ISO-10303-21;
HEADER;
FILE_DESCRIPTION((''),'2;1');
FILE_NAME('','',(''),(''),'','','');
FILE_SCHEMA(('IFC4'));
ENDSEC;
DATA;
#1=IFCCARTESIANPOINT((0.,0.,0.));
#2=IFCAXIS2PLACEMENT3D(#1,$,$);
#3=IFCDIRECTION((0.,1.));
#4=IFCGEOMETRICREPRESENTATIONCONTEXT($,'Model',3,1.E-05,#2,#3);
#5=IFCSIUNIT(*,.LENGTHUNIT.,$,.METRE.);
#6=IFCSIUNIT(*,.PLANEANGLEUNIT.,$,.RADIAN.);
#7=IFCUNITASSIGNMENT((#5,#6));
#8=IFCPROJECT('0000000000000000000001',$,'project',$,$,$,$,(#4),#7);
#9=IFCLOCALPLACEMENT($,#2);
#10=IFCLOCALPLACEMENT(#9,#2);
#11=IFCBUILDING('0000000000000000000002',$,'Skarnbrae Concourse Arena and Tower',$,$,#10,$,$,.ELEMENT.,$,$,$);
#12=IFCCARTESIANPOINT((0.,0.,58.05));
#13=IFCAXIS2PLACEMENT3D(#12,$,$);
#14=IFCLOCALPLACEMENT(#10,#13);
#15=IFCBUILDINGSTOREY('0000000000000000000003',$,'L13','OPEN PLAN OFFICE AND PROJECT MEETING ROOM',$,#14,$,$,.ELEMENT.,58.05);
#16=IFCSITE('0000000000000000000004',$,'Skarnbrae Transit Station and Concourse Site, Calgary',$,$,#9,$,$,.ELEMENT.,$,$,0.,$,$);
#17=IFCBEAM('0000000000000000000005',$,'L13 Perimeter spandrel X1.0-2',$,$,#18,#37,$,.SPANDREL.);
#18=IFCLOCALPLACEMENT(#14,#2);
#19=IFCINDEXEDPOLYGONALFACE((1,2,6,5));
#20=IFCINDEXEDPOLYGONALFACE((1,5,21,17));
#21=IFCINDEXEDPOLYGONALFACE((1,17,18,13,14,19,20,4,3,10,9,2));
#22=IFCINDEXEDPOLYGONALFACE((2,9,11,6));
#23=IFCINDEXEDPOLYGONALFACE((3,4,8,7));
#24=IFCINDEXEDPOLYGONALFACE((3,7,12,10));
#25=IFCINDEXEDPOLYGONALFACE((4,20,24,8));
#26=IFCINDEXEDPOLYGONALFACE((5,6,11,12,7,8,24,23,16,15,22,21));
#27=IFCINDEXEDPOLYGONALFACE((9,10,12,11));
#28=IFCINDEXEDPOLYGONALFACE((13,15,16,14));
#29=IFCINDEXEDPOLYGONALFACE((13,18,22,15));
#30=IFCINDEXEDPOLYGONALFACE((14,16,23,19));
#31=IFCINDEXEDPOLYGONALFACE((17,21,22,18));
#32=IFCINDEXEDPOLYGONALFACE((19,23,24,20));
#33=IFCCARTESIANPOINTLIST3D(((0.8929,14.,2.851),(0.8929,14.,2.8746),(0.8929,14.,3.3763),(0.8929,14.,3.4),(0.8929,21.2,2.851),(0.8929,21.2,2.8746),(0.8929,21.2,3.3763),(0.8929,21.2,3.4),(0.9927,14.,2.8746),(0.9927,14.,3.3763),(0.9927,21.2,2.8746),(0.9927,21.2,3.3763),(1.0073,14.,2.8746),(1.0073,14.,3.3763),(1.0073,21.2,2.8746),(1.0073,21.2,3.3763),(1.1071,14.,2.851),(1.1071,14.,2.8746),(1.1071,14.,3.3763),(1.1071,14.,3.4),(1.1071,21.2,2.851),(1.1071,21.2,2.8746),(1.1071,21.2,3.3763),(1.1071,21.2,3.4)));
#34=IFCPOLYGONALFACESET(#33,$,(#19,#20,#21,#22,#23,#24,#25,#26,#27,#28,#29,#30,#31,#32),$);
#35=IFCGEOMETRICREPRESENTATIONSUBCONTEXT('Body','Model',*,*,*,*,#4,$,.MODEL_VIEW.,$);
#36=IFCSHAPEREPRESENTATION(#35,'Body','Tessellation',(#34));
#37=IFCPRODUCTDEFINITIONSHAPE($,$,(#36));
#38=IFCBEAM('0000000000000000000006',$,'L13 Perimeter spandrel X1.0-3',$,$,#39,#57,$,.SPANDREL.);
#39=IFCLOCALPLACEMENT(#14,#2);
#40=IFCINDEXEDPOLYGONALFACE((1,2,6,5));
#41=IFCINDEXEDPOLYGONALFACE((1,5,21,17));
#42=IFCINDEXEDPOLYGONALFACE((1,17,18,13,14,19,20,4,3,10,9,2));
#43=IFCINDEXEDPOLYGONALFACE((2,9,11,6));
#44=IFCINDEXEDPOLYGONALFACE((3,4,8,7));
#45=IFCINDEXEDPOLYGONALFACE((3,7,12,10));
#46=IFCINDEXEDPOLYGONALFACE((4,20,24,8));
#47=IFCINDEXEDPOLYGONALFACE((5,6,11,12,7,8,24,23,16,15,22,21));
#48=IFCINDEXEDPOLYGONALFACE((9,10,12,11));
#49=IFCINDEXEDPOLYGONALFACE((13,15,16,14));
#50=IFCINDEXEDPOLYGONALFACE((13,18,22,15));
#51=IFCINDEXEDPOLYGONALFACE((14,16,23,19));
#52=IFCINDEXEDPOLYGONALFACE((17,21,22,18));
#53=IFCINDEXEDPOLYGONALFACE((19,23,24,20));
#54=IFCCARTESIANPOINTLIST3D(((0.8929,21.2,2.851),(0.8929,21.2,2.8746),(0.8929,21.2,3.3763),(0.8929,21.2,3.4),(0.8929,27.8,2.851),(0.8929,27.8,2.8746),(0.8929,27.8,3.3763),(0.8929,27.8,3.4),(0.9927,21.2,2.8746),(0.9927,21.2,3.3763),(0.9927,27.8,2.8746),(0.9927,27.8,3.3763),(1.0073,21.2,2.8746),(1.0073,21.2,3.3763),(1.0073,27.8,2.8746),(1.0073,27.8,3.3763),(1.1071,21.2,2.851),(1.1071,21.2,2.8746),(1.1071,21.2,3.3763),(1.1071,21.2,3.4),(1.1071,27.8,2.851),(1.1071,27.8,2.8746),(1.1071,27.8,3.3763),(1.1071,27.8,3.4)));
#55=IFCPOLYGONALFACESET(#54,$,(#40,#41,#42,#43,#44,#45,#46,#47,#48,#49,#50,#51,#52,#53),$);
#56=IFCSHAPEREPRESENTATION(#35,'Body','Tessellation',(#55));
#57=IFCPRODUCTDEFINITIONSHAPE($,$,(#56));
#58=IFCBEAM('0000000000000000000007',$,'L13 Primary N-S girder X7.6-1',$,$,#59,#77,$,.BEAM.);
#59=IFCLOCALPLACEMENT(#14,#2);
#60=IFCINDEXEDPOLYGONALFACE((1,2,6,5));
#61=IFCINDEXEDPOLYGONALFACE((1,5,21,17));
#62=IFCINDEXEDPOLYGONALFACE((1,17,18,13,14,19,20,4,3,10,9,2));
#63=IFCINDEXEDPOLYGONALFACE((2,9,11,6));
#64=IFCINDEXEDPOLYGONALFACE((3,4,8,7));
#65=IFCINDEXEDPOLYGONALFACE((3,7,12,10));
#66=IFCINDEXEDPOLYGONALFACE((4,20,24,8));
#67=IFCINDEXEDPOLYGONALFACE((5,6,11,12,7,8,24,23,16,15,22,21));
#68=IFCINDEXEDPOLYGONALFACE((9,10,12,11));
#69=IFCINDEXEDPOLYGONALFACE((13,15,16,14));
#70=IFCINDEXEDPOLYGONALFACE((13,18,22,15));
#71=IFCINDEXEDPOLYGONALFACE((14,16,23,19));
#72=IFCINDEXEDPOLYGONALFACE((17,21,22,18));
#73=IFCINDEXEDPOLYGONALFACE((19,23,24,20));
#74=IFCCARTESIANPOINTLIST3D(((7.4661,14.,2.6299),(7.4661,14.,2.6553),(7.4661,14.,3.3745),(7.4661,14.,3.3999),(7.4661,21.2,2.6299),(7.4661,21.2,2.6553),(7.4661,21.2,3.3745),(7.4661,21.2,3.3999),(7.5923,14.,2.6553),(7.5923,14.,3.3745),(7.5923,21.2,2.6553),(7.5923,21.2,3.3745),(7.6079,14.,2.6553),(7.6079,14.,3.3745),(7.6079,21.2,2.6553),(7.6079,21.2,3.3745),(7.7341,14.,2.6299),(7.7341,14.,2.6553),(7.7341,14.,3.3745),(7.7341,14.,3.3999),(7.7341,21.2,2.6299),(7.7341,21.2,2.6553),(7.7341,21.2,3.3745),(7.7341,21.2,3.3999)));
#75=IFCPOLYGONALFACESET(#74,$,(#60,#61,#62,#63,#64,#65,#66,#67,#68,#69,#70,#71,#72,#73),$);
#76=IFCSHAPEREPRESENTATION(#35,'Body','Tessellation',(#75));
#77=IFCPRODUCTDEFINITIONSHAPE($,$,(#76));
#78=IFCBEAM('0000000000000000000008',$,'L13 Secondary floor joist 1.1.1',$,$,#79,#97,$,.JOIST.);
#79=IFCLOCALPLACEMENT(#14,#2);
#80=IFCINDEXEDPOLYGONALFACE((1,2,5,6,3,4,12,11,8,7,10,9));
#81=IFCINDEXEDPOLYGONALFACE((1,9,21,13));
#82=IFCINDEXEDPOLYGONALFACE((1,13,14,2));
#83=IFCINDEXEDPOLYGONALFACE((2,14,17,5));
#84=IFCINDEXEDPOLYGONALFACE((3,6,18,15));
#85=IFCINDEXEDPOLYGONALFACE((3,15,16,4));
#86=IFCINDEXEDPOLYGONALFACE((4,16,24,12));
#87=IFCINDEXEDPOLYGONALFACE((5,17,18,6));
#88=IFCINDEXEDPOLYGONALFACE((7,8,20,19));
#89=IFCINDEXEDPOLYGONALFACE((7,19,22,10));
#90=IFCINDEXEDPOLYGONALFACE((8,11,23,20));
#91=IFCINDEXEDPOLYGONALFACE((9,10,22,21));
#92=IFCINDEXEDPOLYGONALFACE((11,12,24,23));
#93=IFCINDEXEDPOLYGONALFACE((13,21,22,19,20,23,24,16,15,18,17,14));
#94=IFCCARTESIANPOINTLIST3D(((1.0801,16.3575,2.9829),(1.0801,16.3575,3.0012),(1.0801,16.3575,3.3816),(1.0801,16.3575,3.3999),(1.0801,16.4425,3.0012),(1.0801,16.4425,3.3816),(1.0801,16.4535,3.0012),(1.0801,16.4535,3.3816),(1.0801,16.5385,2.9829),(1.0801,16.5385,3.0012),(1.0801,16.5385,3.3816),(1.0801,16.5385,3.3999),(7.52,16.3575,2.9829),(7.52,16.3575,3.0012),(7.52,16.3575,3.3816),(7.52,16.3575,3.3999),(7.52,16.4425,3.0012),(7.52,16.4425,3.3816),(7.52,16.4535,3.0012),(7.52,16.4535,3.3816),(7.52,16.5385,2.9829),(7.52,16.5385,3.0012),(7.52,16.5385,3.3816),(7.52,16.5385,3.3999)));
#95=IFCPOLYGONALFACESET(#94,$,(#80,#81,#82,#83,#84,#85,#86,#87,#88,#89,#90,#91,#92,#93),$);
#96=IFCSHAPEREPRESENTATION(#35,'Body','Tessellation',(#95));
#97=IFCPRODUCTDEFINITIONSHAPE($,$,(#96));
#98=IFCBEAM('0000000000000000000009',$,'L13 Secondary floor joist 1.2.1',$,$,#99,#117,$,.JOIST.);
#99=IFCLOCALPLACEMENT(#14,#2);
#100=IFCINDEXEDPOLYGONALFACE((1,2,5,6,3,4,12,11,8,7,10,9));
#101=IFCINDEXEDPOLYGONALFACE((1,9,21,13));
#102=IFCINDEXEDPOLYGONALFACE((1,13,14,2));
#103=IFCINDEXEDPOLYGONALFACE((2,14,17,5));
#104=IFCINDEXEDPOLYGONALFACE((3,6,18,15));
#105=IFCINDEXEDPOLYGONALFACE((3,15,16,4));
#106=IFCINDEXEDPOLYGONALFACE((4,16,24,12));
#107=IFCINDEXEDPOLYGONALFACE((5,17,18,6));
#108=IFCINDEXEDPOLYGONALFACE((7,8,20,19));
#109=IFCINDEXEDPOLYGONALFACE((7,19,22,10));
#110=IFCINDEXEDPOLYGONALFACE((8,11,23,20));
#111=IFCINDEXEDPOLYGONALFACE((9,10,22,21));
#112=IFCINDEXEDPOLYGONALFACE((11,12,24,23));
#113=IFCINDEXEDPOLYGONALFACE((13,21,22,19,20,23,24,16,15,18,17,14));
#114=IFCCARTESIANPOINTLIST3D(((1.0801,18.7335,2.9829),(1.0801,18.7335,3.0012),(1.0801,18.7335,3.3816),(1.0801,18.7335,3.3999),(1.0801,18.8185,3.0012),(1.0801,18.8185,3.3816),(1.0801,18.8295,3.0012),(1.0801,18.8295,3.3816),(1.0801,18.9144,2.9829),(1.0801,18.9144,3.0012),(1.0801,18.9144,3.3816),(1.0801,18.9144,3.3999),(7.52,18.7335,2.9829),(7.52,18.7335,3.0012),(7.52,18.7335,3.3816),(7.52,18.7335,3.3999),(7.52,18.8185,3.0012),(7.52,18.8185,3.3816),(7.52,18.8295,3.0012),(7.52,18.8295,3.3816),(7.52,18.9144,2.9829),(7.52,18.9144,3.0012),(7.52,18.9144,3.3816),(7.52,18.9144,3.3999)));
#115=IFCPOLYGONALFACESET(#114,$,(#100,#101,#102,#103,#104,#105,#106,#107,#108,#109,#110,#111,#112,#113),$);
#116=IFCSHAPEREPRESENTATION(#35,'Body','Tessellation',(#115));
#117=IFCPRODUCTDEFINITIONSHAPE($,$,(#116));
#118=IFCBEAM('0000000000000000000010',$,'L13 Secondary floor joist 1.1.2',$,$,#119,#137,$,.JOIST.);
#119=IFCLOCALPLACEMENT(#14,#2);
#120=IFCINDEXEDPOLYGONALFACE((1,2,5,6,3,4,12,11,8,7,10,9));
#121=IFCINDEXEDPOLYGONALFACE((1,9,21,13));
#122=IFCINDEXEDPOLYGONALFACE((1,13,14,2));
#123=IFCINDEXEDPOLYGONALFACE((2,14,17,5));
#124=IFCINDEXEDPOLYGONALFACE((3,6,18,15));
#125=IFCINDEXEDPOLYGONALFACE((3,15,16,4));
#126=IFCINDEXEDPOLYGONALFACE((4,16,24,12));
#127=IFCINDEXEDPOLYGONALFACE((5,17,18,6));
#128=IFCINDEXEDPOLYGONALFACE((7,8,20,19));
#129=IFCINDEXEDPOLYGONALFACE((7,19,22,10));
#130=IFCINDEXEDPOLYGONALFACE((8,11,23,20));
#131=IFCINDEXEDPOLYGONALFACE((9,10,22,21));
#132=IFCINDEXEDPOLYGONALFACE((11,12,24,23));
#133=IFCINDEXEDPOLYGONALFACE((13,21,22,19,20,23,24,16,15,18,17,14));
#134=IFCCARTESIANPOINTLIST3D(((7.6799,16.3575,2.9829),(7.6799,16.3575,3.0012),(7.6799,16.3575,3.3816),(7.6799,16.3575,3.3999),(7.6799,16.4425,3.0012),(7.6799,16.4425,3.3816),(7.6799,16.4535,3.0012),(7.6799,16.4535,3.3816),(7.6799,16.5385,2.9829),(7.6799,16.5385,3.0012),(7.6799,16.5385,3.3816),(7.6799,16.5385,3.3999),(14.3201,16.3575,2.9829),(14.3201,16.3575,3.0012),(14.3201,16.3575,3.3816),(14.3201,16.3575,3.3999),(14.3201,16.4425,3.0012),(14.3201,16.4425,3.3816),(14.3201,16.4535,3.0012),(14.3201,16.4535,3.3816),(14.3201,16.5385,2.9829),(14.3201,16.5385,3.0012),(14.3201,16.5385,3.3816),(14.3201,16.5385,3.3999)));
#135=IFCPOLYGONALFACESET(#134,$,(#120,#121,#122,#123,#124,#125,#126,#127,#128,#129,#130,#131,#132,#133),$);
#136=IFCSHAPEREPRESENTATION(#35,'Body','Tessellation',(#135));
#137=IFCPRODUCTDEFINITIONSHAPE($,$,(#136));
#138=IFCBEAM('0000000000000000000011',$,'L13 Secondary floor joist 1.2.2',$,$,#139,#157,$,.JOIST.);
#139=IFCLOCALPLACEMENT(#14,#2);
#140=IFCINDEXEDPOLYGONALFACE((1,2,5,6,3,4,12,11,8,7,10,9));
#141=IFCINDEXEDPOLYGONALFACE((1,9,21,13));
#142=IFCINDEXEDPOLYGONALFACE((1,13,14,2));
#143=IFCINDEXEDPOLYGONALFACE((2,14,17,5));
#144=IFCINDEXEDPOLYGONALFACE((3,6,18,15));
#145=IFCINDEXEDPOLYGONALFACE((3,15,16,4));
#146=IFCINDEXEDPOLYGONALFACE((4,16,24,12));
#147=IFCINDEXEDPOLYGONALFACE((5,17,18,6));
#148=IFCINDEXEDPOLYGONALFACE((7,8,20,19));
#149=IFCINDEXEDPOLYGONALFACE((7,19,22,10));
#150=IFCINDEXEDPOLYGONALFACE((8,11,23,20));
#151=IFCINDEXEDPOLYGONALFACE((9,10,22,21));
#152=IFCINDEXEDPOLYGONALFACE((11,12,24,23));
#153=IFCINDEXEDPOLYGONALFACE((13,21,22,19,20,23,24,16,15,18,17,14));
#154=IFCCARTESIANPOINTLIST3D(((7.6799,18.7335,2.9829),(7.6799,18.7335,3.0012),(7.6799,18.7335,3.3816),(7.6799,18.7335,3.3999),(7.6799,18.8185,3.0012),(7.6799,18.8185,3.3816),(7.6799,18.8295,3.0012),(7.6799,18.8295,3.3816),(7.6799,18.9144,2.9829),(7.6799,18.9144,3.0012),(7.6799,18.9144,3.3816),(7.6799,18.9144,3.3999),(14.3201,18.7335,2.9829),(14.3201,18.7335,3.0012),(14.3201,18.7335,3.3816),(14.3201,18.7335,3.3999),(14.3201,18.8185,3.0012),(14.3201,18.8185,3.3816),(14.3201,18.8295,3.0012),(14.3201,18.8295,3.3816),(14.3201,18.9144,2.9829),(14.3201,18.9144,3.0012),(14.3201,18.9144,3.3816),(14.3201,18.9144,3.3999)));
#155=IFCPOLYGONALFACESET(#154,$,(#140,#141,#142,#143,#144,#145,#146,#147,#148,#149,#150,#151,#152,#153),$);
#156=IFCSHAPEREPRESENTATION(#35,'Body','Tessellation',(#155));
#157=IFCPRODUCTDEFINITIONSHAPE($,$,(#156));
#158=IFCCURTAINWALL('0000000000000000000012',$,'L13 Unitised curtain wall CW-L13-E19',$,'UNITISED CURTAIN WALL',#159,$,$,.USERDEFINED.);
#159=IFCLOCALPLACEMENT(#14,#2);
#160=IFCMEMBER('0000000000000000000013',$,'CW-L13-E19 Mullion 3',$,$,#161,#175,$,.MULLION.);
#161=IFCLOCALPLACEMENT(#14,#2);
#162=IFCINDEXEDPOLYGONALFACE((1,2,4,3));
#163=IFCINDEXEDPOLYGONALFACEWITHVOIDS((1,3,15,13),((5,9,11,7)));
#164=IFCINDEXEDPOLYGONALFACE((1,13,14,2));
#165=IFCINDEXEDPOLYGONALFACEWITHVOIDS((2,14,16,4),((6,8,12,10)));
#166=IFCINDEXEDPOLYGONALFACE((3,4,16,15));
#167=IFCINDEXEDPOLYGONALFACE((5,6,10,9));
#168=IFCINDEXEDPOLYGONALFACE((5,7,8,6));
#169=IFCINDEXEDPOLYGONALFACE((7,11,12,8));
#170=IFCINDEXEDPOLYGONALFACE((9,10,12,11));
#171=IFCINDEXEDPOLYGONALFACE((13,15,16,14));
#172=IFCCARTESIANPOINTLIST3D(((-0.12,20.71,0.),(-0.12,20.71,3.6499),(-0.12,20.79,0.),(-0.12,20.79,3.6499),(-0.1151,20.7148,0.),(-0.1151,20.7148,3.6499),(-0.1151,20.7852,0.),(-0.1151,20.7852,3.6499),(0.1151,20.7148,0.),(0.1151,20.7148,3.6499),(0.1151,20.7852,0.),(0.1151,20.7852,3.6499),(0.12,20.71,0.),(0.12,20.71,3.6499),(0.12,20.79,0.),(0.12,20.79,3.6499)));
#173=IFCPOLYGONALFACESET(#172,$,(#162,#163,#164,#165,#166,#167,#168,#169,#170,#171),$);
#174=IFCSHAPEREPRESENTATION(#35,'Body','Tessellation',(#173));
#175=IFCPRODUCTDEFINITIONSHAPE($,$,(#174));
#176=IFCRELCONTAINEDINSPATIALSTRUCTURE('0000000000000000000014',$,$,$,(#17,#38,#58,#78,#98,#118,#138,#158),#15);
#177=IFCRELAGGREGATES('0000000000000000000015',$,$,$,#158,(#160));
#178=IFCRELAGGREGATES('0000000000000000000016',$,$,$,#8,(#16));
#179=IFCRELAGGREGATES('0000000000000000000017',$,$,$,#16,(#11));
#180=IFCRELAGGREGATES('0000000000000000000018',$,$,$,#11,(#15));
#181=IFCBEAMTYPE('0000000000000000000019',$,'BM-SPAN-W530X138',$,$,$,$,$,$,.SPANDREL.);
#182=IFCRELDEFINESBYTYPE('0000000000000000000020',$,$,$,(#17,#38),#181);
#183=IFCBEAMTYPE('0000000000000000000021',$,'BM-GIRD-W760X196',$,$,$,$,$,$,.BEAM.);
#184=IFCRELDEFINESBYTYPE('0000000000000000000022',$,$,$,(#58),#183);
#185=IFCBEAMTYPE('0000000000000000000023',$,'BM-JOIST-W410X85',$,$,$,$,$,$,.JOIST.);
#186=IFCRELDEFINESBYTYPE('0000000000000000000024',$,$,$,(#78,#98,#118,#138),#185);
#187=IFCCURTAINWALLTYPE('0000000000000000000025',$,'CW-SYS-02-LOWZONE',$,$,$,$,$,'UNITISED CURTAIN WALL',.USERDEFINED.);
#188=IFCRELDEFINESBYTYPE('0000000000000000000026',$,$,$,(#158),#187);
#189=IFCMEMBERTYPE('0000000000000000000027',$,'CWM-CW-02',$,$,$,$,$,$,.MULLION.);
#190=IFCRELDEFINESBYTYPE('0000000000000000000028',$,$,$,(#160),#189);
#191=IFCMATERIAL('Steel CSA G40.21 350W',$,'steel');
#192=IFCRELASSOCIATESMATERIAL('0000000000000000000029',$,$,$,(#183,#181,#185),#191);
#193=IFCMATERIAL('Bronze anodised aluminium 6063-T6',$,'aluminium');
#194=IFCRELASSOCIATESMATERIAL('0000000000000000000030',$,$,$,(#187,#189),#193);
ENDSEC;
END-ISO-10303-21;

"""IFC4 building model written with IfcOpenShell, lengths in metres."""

from ifc_helpers import new_model, si_unit, direction, frame, origin, origin_2d, place, context, subcontext, project, spatial, hollow_rectangle, i_section, extrude, source, transform, mapped, material, material_profile, profile_set, type_object, element, aggregate, save


model = new_model("IFC4")

# Units and contexts
model_context = context("Model", 3, precision=1e-05, world=origin(), true_north=direction((0.0, 1.0)))
body_context = subcontext(model_context, "Body", "Model", "MODEL_VIEW")
ifc_project = project(units=[si_unit("LENGTHUNIT", "METRE"), si_unit("PLANEANGLEUNIT", "RADIAN")], contexts=[model_context])

# Site, building, storey
site_placement = place(None, origin())
site = spatial("IfcSite", under=ifc_project, at=site_placement, Name="Skarnbrae Transit Station and Concourse Site, Calgary", CompositionType="ELEMENT", RefElevation=0.0)
building_placement = place(site_placement, origin())
building = spatial("IfcBuilding", under=site, at=building_placement, Name="Skarnbrae Concourse Arena and Tower", CompositionType="ELEMENT")
storey_placement = place(building_placement, frame((0.0, 0.0, 58.05)))
storey = spatial("IfcBuildingStorey", under=building, at=storey_placement, Name="L13", Description="OPEN PLAN OFFICE AND PROJECT MEETING ROOM", CompositionType="ELEMENT", Elevation=58.05)

# Shared definitions
ifc_material_1 = material(Name="Steel CSA G40.21 350W", Category="steel")

# Beams
ifc_material_profile_1 = material_profile(ifc_material_1, i_section(OverallWidth=0.2681, OverallDepth=0.77, WebThickness=0.0156, FlangeThickness=0.0254, at=origin_2d()), Name="W760X196")
ifc_profile_set_1 = profile_set([ifc_material_profile_1], Name="Steel CSA G40.21 350W")
beam_type_1 = type_object("IfcBeamType", Name="BM-GIRD-W760X196", PredefinedType="BEAM", material=ifc_profile_set_1)
ifc_material_profile_2 = material_profile(ifc_material_1, i_section(OverallWidth=0.2141, OverallDepth=0.5491, WebThickness=0.0146, FlangeThickness=0.0237, at=origin_2d()), Name="W530X138")
ifc_profile_set_2 = profile_set([ifc_material_profile_2], Name="Steel CSA G40.21 350W")
beam_type_2 = type_object("IfcBeamType", Name="BM-SPAN-W530X138", PredefinedType="SPANDREL", material=ifc_profile_set_2)
shared_shape_1 = source(origin(), body_context, "Body", "SweptSolid", [
    extrude(i_section(OverallWidth=0.2141, OverallDepth=0.5491, WebThickness=0.0146, FlangeThickness=0.0237, at=origin_2d()), origin(), (0.0, 0.0, 1.0), 7.2),
])
beam_1_placement = place(storey_placement, frame((1.0, 14.0, 3.1255), z_axis=(0.0, 1.0, 0.0), x_axis=(-1.0, 0.0, 0.0)))
element("IfcBeam", 1, at=beam_1_placement, inside=storey, type_object=beam_type_2, Name="L13 Perimeter spandrel X1.0-2", PredefinedType="SPANDREL", context=body_context, shape_type="MappedRepresentation", body=[
    mapped(shared_shape_1, transform((0.0, 0.0, 0.0))),
])
shared_shape_2 = source(origin(), body_context, "Body", "SweptSolid", [
    extrude(i_section(OverallWidth=0.2141, OverallDepth=0.5491, WebThickness=0.0146, FlangeThickness=0.0237, at=origin_2d()), origin(), (0.0, 0.0, 1.0), 6.6001),
])
beam_2_placement = place(storey_placement, frame((1.0, 21.2, 3.1255), z_axis=(0.0, 1.0, 0.0), x_axis=(-1.0, 0.0, 0.0)))
element("IfcBeam", 2, at=beam_2_placement, inside=storey, type_object=beam_type_2, Name="L13 Perimeter spandrel X1.0-3", PredefinedType="SPANDREL", context=body_context, shape_type="MappedRepresentation", body=[
    mapped(shared_shape_2, transform((0.0, 0.0, 0.0))),
])
shared_shape_3 = source(origin(), body_context, "Body", "SweptSolid", [
    extrude(i_section(OverallWidth=0.2681, OverallDepth=0.77, WebThickness=0.0156, FlangeThickness=0.0254, at=origin_2d()), origin(), (0.0, 0.0, 1.0), 7.2),
])
beam_3_placement = place(storey_placement, frame((7.6001, 14.0, 3.0149), z_axis=(0.0, 1.0, 0.0), x_axis=(-1.0, 0.0, 0.0)))
element("IfcBeam", 3, at=beam_3_placement, inside=storey, type_object=beam_type_1, Name="L13 Primary N-S girder X7.6-1", PredefinedType="BEAM", context=body_context, shape_type="MappedRepresentation", body=[
    mapped(shared_shape_3, transform((0.0, 0.0, 0.0))),
])
ifc_material_profile_3 = material_profile(ifc_material_1, i_section(OverallWidth=0.1809, OverallDepth=0.417, WebThickness=0.011, FlangeThickness=0.0183, at=origin_2d()), Name="W410X85")
ifc_profile_set_3 = profile_set([ifc_material_profile_3], Name="Steel CSA G40.21 350W")
beam_type_3 = type_object("IfcBeamType", Name="BM-JOIST-W410X85", PredefinedType="JOIST", material=ifc_profile_set_3)
shared_shape_4 = source(origin(), body_context, "Body", "SweptSolid", [
    extrude(i_section(OverallWidth=0.1809, OverallDepth=0.417, WebThickness=0.011, FlangeThickness=0.0183, at=origin_2d()), origin(), (0.0, 0.0, 1.0), 6.4399),
])
for number, where, z_axis, x_axis, name in (
    (4, (1.0801, 16.448, 3.1914), (1.0, 0.0, 0.0), (0.0, 1.0, 0.0), "L13 Secondary floor joist 1.1.1"),
    (5, (1.0801, 18.824, 3.1914), (1.0, 0.0, 0.0), (0.0, 1.0, 0.0), "L13 Secondary floor joist 1.2.1"),
):
    element("IfcBeam", number, at=place(storey_placement, frame(where, z_axis=z_axis, x_axis=x_axis)), inside=storey, type_object=beam_type_3, Name=name, PredefinedType="JOIST", context=body_context, shape_type="MappedRepresentation", body=[
        mapped(shared_shape_4, transform((0.0, 0.0, 0.0))),
    ])
shared_shape_5 = source(origin(), body_context, "Body", "SweptSolid", [
    extrude(i_section(OverallWidth=0.1809, OverallDepth=0.417, WebThickness=0.011, FlangeThickness=0.0183, at=origin_2d()), origin(), (0.0, 0.0, 1.0), 6.6401),
])
for number, where, z_axis, x_axis, name in (
    (6, (7.6799, 16.448, 3.1914), (1.0, 0.0, 0.0), (0.0, 1.0, 0.0), "L13 Secondary floor joist 1.1.2"),
    (7, (7.6799, 18.824, 3.1914), (1.0, 0.0, 0.0), (0.0, 1.0, 0.0), "L13 Secondary floor joist 1.2.2"),
):
    element("IfcBeam", number, at=place(storey_placement, frame(where, z_axis=z_axis, x_axis=x_axis)), inside=storey, type_object=beam_type_3, Name=name, PredefinedType="JOIST", context=body_context, shape_type="MappedRepresentation", body=[
        mapped(shared_shape_5, transform((0.0, 0.0, 0.0))),
    ])

# Curtain wall, member
ifc_material_2 = material(Name="Bronze anodised aluminium 6063-T6", Category="aluminium")
curtain_wall_type = type_object("IfcCurtainWallType", Name="CW-SYS-02-LOWZONE", ElementType="UNITISED CURTAIN WALL", PredefinedType="USERDEFINED", material=ifc_material_2)
curtain_wall_placement = place(storey_placement, origin())
curtain_wall = element("IfcCurtainWall", 8, at=curtain_wall_placement, inside=storey, type_object=curtain_wall_type, Name="L13 Unitised curtain wall CW-L13-E19", ObjectType="UNITISED CURTAIN WALL", PredefinedType="USERDEFINED")
ifc_material_profile_4 = material_profile(ifc_material_2, hollow_rectangle(XDim=0.0801, YDim=0.24, WallThickness=0.0049, at=origin_2d()), Name="ALU-MULL-80X240")
ifc_profile_set_4 = profile_set([ifc_material_profile_4], Name="Bronze anodised aluminium 6063-T6")
member_type_1 = type_object("IfcMemberType", Name="CWM-CW-02", PredefinedType="MULLION", material=ifc_profile_set_4)
shared_shape_6 = source(origin(), body_context, "Body", "SweptSolid", [
    extrude(hollow_rectangle(XDim=0.0801, YDim=0.24, WallThickness=0.0049, at=origin_2d()), origin(), (0.0, 0.0, 1.0), 3.6499),
])
member_1_placement = place(storey_placement, frame((0.0, 20.75, 0.0), z_axis=(0.0, 0.0, 1.0), x_axis=(0.0, -1.0, 0.0)))
member_1 = element("IfcMember", 9, at=member_1_placement, type_object=member_type_1, Name="CW-L13-E19 Mullion 3", PredefinedType="MULLION", context=body_context, shape_type="MappedRepresentation", body=[
    mapped(shared_shape_6, transform((0.0, 0.0, 0.0))),
])
aggregate(curtain_wall, [member_1])

save(model, "model.ifc")
